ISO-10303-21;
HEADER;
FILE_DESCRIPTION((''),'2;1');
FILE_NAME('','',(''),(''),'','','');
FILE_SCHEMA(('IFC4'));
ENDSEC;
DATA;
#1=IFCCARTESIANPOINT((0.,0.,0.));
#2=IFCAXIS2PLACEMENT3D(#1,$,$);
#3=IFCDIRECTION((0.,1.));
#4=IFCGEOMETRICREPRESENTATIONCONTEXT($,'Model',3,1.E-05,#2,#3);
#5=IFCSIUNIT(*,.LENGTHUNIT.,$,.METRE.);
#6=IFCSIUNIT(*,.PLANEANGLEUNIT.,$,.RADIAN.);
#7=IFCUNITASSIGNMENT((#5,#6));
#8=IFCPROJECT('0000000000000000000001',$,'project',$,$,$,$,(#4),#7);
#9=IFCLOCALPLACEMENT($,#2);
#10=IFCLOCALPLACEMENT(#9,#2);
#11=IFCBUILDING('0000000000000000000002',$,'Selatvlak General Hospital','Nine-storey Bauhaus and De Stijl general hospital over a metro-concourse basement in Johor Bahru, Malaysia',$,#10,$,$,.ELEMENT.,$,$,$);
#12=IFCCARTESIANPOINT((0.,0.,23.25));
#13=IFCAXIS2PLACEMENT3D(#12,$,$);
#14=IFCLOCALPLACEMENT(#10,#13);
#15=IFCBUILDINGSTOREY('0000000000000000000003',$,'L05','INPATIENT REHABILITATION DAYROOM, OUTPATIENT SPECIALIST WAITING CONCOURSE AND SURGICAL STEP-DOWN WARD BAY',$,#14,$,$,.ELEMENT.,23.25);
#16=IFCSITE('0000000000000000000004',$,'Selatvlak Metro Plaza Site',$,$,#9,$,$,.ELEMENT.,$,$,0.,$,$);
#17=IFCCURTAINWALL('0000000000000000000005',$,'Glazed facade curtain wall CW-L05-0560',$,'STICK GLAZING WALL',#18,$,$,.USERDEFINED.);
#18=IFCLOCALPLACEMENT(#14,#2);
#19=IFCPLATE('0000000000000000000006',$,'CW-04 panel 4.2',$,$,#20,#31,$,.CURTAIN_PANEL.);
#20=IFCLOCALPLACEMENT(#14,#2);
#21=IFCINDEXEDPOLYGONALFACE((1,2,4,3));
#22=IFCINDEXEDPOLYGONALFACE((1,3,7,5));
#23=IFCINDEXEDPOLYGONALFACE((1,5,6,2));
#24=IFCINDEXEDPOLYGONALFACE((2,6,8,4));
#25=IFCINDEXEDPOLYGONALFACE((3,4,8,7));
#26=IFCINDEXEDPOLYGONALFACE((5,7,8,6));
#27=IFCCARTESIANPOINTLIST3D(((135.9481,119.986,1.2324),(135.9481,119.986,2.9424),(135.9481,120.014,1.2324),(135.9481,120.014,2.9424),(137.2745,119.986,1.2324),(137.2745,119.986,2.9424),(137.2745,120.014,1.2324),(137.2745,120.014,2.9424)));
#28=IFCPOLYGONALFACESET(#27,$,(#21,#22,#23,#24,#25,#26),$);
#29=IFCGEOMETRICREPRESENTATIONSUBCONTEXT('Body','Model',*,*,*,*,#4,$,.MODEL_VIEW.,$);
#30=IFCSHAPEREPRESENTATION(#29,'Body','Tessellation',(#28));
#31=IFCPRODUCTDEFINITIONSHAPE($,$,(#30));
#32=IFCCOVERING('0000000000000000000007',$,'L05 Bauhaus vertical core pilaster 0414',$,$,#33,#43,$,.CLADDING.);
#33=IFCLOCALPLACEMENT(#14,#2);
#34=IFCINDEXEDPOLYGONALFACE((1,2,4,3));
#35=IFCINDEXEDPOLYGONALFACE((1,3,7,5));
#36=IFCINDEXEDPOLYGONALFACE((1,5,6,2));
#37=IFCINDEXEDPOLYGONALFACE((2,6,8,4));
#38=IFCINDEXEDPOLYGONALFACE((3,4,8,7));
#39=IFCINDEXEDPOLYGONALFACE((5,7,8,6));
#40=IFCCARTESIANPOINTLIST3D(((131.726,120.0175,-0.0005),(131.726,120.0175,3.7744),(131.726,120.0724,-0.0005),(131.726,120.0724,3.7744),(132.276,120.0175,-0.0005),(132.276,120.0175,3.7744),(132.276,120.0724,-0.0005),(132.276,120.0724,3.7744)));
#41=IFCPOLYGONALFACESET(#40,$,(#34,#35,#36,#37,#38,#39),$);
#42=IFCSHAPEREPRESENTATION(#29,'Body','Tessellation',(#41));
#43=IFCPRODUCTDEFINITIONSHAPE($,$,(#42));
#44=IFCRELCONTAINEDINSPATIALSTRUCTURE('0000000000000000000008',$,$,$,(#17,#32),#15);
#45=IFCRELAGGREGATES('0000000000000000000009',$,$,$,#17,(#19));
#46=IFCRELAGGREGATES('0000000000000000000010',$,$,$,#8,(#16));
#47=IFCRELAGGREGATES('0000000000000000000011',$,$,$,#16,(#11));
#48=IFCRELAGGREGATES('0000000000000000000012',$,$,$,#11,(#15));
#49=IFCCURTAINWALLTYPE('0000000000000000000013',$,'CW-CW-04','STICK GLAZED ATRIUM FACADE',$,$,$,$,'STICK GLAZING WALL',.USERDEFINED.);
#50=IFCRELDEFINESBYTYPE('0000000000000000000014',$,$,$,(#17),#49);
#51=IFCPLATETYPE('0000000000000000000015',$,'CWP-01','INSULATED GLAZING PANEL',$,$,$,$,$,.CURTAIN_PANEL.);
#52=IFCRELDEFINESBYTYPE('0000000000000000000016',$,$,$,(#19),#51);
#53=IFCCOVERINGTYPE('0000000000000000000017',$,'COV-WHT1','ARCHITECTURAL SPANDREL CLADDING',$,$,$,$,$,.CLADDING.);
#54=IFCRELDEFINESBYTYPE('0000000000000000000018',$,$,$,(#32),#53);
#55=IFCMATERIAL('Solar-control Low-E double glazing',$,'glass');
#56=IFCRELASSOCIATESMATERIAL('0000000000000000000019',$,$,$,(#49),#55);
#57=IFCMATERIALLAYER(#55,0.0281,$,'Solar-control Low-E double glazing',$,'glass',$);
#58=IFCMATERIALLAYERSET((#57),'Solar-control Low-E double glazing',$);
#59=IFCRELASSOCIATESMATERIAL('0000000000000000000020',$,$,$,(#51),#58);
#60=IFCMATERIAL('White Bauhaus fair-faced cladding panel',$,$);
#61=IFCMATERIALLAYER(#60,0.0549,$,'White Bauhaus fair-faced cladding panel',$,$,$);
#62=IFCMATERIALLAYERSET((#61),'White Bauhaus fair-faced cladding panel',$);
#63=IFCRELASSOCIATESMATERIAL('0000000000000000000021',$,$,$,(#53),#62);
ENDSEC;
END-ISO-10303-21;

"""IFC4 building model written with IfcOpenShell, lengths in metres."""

from ifc_helpers import new_model, si_unit, direction, frame, origin, origin_2d, place, context, subcontext, project, spatial, rectangle, extrude, material, layer, layer_set, type_object, element, aggregate, save


model = new_model("IFC4")

# Units and contexts
model_context = context("Model", 3, precision=1e-05, world=origin(), true_north=direction((0.0, 1.0)))
body_context = subcontext(model_context, "Body", "Model", "MODEL_VIEW")
ifc_project = project(units=[si_unit("LENGTHUNIT", "METRE"), si_unit("PLANEANGLEUNIT", "RADIAN")], contexts=[model_context])

# Site, building, storey
site_placement = place(None, origin())
site = spatial("IfcSite", under=ifc_project, at=site_placement, Name="Selatvlak Metro Plaza Site", CompositionType="ELEMENT", RefElevation=0.0)
building_placement = place(site_placement, origin())
building = spatial("IfcBuilding", under=site, at=building_placement, Name="Selatvlak General Hospital", Description="Nine-storey Bauhaus and De Stijl general hospital over a metro-concourse basement in Johor Bahru, Malaysia", CompositionType="ELEMENT")
storey_placement = place(building_placement, frame((0.0, 0.0, 23.25)))
storey = spatial("IfcBuildingStorey", under=building, at=storey_placement, Name="L05", Description="INPATIENT REHABILITATION DAYROOM, OUTPATIENT SPECIALIST WAITING CONCOURSE AND SURGICAL STEP-DOWN WARD BAY", CompositionType="ELEMENT", Elevation=23.25)

# Curtain wall, plate
ifc_material_1 = material(Name="Solar-control Low-E double glazing", Category="glass")
curtain_wall_type = type_object("IfcCurtainWallType", Name="CW-CW-04", Description="STICK GLAZED ATRIUM FACADE", ElementType="STICK GLAZING WALL", PredefinedType="USERDEFINED", material=ifc_material_1)
curtain_wall_placement = place(storey_placement, origin())
curtain_wall = element("IfcCurtainWall", 1, at=curtain_wall_placement, inside=storey, type_object=curtain_wall_type, Name="Glazed facade curtain wall CW-L05-0560", ObjectType="STICK GLAZING WALL", PredefinedType="USERDEFINED")
ifc_layer_1 = layer(ifc_material_1, 0.0281, Name="Solar-control Low-E double glazing", Category="glass")
ifc_layer_set_1 = layer_set([ifc_layer_1], Name="Solar-control Low-E double glazing")
plate_type = type_object("IfcPlateType", Name="CWP-01", Description="INSULATED GLAZING PANEL", PredefinedType="CURTAIN_PANEL", material=ifc_layer_set_1)
plate_1_placement = place(storey_placement, frame((136.6113, 120.0, 1.2324), z_axis=(0.0, 0.0, 1.0), x_axis=(1.0, 0.0, 0.0)))
plate_1 = element("IfcPlate", 2, at=plate_1_placement, type_object=plate_type, Name="CW-04 panel 4.2", PredefinedType="CURTAIN_PANEL", context=body_context, shape_type="SweptSolid", body=[
    extrude(rectangle(XDim=1.3264, YDim=0.0281, at=origin_2d()), origin(), (0.0, 0.0, 1.0), 1.71),
])
aggregate(curtain_wall, [plate_1])

# Covering
ifc_material_2 = material(Name="White Bauhaus fair-faced cladding panel")
ifc_layer_2 = layer(ifc_material_2, 0.0549, Name="White Bauhaus fair-faced cladding panel")
ifc_layer_set_2 = layer_set([ifc_layer_2], Name="White Bauhaus fair-faced cladding panel")
covering_type = type_object("IfcCoveringType", Name="COV-WHT1", Description="ARCHITECTURAL SPANDREL CLADDING", PredefinedType="CLADDING", material=ifc_layer_set_2)
covering_placement = place(storey_placement, frame((132.001, 120.0449, -0.0005), z_axis=(0.0, 0.0, 1.0), x_axis=(1.0, 0.0, 0.0)))
element("IfcCovering", 3, at=covering_placement, inside=storey, type_object=covering_type, Name="L05 Bauhaus vertical core pilaster 0414", PredefinedType="CLADDING", context=body_context, shape_type="SweptSolid", body=[
    extrude(rectangle(XDim=0.55, YDim=0.0549, at=origin_2d()), origin(), (0.0, 0.0, 1.0), 3.7749),
])

save(model, "model.ifc")
